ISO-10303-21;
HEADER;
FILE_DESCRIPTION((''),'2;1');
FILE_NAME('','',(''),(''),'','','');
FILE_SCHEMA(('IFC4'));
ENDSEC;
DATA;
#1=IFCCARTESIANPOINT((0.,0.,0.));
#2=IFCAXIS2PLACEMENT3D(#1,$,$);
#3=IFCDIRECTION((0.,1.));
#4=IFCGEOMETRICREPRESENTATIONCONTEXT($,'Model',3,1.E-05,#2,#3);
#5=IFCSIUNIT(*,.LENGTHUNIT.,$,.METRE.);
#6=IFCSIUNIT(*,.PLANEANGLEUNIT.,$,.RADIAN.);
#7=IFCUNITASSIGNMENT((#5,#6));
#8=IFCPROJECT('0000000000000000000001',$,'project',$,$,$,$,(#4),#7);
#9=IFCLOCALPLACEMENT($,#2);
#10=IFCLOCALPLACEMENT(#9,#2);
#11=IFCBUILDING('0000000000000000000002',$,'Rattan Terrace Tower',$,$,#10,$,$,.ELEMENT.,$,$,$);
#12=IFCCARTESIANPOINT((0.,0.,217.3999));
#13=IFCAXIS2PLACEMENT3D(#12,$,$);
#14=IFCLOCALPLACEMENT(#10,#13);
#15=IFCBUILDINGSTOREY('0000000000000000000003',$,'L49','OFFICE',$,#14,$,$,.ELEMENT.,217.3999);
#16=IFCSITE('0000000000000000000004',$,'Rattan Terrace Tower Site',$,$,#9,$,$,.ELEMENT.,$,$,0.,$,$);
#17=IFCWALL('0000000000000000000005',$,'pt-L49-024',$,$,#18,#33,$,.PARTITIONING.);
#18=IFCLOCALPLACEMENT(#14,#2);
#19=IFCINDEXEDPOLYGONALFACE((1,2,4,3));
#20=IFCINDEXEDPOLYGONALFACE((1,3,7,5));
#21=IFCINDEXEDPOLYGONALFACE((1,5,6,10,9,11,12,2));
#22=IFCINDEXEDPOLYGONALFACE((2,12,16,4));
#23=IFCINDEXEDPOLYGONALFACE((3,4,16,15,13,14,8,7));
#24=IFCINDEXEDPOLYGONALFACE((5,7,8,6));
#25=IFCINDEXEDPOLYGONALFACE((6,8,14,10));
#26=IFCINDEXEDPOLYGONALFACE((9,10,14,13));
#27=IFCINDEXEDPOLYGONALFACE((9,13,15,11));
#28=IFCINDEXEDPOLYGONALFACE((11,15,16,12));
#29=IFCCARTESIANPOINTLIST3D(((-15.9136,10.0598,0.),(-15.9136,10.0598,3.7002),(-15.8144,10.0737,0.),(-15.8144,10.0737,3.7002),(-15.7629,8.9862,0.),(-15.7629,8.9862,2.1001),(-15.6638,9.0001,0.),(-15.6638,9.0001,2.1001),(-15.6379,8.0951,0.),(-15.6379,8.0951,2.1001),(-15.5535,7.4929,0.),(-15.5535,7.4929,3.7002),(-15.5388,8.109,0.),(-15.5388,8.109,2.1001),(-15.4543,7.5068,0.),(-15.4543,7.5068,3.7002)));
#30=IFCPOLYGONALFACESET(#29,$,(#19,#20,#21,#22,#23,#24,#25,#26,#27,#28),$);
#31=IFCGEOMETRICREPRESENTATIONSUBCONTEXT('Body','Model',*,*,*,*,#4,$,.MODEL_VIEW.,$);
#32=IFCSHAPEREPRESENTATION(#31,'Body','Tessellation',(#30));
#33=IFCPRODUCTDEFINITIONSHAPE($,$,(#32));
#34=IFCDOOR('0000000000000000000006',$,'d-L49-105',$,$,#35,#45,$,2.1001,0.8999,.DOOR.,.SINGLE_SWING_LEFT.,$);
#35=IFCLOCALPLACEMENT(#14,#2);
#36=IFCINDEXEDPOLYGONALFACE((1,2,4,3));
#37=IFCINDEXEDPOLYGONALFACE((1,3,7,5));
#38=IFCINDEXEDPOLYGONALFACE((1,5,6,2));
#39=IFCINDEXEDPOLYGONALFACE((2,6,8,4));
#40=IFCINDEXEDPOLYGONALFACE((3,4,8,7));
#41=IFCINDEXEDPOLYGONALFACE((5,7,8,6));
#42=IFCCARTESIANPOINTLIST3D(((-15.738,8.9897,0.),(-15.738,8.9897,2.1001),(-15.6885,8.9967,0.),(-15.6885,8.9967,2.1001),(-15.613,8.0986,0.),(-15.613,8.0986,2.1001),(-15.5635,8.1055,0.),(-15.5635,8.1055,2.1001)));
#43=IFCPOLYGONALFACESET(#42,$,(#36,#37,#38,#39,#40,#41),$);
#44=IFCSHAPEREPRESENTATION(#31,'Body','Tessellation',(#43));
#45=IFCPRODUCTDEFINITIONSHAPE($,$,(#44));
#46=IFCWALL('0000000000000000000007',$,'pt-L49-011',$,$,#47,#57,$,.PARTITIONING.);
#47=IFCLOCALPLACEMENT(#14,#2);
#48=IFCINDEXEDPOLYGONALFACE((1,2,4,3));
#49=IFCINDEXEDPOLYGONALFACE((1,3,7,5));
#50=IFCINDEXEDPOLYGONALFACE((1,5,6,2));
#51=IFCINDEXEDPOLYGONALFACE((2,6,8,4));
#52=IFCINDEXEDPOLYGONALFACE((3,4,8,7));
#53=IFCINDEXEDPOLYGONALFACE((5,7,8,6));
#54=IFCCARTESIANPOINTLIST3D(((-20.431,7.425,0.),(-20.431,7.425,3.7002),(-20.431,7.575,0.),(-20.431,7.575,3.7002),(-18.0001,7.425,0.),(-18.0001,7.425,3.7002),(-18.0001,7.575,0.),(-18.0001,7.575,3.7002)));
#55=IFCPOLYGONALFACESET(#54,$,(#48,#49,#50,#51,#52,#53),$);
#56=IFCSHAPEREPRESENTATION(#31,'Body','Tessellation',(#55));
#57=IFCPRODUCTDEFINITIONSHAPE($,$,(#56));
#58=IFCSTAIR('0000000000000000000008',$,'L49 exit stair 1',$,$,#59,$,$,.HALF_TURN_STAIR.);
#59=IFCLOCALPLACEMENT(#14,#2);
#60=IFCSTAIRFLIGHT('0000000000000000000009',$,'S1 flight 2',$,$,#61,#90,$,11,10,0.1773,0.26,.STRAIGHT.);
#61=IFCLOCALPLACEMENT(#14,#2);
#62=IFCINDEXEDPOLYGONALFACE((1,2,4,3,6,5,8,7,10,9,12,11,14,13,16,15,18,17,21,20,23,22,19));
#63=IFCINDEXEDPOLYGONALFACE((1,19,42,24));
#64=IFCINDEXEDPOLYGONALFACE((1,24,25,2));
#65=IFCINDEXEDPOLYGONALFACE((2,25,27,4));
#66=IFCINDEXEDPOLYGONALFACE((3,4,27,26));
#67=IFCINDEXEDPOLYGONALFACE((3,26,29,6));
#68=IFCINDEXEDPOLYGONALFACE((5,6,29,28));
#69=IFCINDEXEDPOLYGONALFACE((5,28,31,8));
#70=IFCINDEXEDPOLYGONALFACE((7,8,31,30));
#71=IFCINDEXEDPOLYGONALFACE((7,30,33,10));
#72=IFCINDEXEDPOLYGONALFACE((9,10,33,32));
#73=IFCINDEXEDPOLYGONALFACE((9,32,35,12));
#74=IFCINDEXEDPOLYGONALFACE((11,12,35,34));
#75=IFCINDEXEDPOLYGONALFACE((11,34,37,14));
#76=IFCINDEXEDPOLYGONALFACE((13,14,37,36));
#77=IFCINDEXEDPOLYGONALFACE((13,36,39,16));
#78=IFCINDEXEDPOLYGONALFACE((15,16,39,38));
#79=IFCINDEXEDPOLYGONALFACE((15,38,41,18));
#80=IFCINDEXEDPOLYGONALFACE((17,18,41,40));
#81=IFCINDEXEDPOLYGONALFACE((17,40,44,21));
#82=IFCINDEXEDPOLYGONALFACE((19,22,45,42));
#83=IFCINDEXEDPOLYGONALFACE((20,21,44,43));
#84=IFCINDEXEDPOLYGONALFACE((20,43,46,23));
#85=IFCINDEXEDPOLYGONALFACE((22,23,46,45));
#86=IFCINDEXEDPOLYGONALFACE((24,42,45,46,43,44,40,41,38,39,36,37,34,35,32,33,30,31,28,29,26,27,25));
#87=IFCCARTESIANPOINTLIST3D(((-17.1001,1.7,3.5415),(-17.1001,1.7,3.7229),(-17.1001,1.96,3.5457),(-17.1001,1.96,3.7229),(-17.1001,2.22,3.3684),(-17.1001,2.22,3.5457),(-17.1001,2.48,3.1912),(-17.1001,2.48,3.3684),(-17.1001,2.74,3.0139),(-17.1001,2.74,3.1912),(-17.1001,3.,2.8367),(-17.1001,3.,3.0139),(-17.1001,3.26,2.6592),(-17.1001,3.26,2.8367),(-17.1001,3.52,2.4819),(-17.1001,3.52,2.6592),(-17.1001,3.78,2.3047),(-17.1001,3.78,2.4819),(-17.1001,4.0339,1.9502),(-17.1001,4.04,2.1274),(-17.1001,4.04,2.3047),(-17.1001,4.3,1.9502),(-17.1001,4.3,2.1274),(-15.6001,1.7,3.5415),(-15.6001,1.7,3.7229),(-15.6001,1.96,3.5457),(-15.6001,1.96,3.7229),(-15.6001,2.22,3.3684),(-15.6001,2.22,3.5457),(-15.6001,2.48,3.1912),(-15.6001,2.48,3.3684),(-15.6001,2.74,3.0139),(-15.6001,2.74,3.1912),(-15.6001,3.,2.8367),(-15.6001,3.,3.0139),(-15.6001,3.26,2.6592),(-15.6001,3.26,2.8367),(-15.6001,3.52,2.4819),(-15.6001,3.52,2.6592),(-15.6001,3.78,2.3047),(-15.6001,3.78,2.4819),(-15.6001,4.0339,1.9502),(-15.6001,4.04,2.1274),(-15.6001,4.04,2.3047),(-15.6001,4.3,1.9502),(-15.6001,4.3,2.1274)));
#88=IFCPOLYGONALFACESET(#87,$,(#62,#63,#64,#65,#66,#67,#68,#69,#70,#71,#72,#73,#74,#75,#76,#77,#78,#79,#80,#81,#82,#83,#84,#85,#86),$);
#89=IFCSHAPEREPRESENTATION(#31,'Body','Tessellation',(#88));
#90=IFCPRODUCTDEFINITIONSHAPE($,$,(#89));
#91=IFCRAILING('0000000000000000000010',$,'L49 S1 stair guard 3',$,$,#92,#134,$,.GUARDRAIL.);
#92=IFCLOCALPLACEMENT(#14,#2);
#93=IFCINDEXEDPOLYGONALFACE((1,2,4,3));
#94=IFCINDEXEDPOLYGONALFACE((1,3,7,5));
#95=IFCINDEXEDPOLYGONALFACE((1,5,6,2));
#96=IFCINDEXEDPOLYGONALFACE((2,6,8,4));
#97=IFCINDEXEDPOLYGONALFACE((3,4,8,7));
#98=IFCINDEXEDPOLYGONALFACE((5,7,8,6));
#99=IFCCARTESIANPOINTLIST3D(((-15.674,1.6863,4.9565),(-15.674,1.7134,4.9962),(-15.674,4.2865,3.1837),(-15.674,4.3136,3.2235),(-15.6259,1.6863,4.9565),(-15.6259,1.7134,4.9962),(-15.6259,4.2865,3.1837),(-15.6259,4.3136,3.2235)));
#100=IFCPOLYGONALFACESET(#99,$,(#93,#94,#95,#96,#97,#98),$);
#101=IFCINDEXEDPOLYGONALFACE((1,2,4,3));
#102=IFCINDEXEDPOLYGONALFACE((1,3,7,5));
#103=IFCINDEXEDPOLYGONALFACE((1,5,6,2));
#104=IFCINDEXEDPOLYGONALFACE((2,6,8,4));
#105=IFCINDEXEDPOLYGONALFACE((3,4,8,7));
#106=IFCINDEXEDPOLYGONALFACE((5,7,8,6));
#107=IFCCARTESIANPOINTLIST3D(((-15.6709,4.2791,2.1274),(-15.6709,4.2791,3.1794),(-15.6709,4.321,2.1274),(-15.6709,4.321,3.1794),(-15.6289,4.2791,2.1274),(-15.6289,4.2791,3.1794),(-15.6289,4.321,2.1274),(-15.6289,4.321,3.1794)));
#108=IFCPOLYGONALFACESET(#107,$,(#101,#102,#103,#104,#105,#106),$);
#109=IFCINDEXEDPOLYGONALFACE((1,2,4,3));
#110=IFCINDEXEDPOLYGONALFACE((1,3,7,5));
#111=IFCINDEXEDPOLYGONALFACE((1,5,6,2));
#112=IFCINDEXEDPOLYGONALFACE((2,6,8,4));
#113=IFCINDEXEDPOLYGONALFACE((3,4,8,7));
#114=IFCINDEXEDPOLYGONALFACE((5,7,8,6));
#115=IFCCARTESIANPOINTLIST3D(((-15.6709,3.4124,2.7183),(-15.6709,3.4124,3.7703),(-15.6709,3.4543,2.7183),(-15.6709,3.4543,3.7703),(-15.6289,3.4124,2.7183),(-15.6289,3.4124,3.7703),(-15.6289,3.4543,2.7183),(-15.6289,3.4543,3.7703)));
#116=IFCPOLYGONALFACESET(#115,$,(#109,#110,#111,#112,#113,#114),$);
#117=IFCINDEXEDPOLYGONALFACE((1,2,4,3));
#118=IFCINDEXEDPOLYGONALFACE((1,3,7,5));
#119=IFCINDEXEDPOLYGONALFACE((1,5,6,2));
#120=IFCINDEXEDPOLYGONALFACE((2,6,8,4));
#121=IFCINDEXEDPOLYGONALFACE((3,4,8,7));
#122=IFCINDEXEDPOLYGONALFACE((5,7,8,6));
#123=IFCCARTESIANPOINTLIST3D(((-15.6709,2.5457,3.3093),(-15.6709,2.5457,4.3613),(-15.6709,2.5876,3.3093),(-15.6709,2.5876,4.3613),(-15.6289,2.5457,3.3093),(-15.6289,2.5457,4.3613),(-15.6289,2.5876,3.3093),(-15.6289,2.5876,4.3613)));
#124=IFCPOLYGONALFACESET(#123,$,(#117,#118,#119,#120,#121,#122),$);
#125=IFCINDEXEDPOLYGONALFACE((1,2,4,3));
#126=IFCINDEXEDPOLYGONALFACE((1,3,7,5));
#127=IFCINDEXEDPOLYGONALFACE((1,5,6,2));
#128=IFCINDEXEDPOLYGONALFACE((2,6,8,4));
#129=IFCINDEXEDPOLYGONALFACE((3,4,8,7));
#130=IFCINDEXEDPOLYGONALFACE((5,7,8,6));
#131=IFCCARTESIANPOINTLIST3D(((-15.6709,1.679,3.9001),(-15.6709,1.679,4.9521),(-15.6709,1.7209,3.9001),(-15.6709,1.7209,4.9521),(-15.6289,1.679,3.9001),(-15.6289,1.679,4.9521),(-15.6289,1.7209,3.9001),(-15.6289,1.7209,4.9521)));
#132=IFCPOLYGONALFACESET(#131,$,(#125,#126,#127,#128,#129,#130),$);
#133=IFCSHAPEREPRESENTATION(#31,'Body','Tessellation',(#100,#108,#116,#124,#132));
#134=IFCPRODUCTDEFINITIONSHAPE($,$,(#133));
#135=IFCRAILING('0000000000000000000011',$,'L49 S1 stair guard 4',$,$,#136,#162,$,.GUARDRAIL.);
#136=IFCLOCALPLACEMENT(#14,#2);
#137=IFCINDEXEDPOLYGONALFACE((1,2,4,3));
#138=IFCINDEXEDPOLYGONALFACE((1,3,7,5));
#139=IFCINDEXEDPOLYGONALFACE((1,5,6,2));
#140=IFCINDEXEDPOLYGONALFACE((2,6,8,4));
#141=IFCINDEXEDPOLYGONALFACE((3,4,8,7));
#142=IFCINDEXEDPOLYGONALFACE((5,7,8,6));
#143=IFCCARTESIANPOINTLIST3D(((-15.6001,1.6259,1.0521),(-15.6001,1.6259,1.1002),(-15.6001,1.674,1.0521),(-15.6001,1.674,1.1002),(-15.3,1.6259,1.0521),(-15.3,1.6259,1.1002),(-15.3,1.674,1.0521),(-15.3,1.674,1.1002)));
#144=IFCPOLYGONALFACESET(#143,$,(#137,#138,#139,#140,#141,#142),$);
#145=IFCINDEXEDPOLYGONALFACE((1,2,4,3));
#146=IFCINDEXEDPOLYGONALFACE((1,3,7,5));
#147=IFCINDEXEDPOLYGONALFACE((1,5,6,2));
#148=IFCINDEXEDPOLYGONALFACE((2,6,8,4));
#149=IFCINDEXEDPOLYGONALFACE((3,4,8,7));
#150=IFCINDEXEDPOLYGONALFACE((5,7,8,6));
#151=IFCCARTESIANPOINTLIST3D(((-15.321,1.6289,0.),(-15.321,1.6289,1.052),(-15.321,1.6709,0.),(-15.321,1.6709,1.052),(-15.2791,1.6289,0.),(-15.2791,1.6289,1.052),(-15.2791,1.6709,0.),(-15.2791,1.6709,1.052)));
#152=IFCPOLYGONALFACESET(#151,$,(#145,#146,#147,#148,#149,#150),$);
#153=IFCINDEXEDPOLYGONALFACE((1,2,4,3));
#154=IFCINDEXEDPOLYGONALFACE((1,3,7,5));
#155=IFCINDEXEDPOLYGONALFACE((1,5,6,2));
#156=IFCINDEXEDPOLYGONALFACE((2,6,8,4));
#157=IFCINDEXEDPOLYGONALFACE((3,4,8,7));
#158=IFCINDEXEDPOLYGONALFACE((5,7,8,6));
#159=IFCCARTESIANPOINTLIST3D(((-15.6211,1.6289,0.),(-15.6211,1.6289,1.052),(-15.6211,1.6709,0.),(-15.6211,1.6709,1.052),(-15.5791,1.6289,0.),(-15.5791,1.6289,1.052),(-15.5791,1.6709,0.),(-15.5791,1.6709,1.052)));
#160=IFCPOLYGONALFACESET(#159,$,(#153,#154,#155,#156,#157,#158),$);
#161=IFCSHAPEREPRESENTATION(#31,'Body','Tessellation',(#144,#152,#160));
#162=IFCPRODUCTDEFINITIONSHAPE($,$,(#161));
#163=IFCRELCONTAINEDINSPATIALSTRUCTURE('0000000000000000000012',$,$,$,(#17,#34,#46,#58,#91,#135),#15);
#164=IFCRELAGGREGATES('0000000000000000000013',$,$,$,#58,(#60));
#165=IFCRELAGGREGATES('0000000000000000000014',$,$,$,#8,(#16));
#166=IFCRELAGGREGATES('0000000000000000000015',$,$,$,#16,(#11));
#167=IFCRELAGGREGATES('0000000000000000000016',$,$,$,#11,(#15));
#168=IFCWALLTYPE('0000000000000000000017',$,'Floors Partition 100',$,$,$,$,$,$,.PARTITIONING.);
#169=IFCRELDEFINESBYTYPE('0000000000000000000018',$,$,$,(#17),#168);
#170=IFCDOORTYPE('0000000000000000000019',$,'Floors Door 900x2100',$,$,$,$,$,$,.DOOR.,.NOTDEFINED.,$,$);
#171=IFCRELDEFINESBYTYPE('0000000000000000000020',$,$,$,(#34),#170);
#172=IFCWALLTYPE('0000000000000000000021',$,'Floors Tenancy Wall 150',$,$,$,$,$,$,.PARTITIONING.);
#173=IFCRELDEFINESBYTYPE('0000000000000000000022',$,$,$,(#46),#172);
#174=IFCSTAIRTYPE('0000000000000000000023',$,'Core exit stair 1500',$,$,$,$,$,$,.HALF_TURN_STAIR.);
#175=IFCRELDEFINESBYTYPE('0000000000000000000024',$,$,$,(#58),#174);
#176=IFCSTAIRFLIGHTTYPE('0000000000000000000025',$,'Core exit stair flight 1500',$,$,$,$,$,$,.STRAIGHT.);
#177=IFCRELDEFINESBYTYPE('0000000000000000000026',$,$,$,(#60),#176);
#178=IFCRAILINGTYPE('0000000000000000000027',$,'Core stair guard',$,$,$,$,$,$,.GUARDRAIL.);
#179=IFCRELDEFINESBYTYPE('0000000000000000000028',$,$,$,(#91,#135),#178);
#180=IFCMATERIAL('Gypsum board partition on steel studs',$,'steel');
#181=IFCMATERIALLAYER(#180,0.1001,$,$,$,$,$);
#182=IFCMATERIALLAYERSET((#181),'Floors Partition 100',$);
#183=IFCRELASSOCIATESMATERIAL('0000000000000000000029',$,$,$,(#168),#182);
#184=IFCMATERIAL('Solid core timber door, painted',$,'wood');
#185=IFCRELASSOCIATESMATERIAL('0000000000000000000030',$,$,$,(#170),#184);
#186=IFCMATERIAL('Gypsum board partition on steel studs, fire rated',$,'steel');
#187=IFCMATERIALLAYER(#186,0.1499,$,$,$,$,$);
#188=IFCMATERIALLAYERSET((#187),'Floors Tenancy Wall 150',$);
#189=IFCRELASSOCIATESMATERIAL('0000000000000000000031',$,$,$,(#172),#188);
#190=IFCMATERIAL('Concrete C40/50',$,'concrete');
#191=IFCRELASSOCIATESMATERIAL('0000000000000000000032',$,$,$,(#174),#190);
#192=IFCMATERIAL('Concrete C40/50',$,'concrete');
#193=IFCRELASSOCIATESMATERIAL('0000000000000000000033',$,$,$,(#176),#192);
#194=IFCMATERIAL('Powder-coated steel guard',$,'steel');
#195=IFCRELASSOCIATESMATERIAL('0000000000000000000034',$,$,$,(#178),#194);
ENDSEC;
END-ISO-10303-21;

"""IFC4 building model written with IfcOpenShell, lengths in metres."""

from ifc_helpers import new_model, si_unit, direction, frame, frame_2d, origin, origin_2d, place, context, subcontext, project, spatial, polyline, rectangle, outline, extrude, material, layer, layer_set, type_object, element, fill, aggregate, save


model = new_model("IFC4")

# Units and contexts
model_context = context("Model", 3, precision=1e-05, world=origin(), true_north=direction((0.0, 1.0)))
body_context = subcontext(model_context, "Body", "Model", "MODEL_VIEW")
ifc_project = project(units=[si_unit("LENGTHUNIT", "METRE"), si_unit("PLANEANGLEUNIT", "RADIAN")], contexts=[model_context])

# Site, building, storey
site_placement = place(None, origin())
site = spatial("IfcSite", under=ifc_project, at=site_placement, Name="Rattan Terrace Tower Site", CompositionType="ELEMENT", RefElevation=0.0)
building_placement = place(site_placement, origin())
building = spatial("IfcBuilding", under=site, at=building_placement, Name="Rattan Terrace Tower", CompositionType="ELEMENT")
storey_placement = place(building_placement, frame((0.0, 0.0, 217.3999)))
storey = spatial("IfcBuildingStorey", under=building, at=storey_placement, Name="L49", Description="OFFICE", CompositionType="ELEMENT", Elevation=217.3999)

# Wall, opening, door
ifc_material_1 = material(Name="Gypsum board partition on steel studs", Category="steel")
ifc_layer_1 = layer(ifc_material_1, 0.1001)
ifc_layer_set_1 = layer_set([ifc_layer_1], Name="Floors Partition 100")
wall_type_1 = type_object("IfcWallType", Name="Floors Partition 100", PredefinedType="PARTITIONING", material=ifc_layer_set_1)
wall_1_placement = place(storey_placement, frame((-15.5039, 7.5, 0.0), z_axis=(0.0, 0.0, 1.0), x_axis=(-0.138929, 0.990302, 0.0)))
wall_1 = element("IfcWall", 1, at=wall_1_placement, inside=storey, type_object=wall_type_1, Name="pt-L49-024", PredefinedType="PARTITIONING", context=body_context, shape_type="SweptSolid", body=[
    extrude(rectangle(XDim=2.592, YDim=0.1001, at=frame_2d((1.2959, 0.0))), origin(), (0.0, 0.0, 1.0), 3.7002),
])
opening_1_placement = place(wall_1_placement, frame((0.6079, 0.0, 0.0)))
opening_1 = element("IfcOpeningElement", 2, at=opening_1_placement, cuts=wall_1, PredefinedType="OPENING", context=body_context, shape_type="SweptSolid", body=[
    extrude(rectangle(XDim=0.8999, YDim=2.1001, at=frame_2d((0.45, 1.05))), frame((0.0, 0.0605, 0.0), z_axis=(0.0, -1.0, 0.0), x_axis=(1.0, 0.0, 0.0)), (0.0, 0.0, 1.0), 0.1211),
])
ifc_material_2 = material(Name="Solid core timber door, painted", Category="wood")
door_type_1 = type_object("IfcDoorType", Name="Floors Door 900x2100", OperationType="NOTDEFINED", PredefinedType="DOOR", material=ifc_material_2)
door_1_placement = place(opening_1_placement, origin())
door_1 = element("IfcDoor", 3, at=door_1_placement, inside=storey, type_object=door_type_1, Name="d-L49-105", OperationType="SINGLE_SWING_LEFT", OverallHeight=2.1001, OverallWidth=0.8999, PredefinedType="DOOR", context=body_context, shape_type="SweptSolid", body=[
    extrude(rectangle(XDim=0.8999, YDim=2.1001, at=frame_2d((0.45, 1.05))), frame((0.0, 0.0249, 0.0), z_axis=(0.0, -1.0, 0.0), x_axis=(1.0, 0.0, 0.0)), (0.0, 0.0, 1.0), 0.05),
])
fill(opening_1, door_1)

# Wall
ifc_material_3 = material(Name="Gypsum board partition on steel studs, fire rated", Category="steel")
ifc_layer_2 = layer(ifc_material_3, 0.1499)
ifc_layer_set_2 = layer_set([ifc_layer_2], Name="Floors Tenancy Wall 150")
wall_type_2 = type_object("IfcWallType", Name="Floors Tenancy Wall 150", PredefinedType="PARTITIONING", material=ifc_layer_set_2)
wall_2_placement = place(storey_placement, frame((-20.4309, 7.5, 0.0), z_axis=(0.0, 0.0, 1.0), x_axis=(1.0, 0.0, 0.0)))
element("IfcWall", 4, at=wall_2_placement, inside=storey, type_object=wall_type_2, Name="pt-L49-011", PredefinedType="PARTITIONING", context=body_context, shape_type="SweptSolid", body=[
    extrude(rectangle(XDim=2.4309, YDim=0.1499, at=frame_2d((1.2153, 0.0))), origin(), (0.0, 0.0, 1.0), 3.7002),
])

# Stair, stair flight
ifc_material_4 = material(Name="Concrete C40/50", Category="concrete")
stair_type = type_object("IfcStairType", Name="Core exit stair 1500", PredefinedType="HALF_TURN_STAIR", material=ifc_material_4)
stair_placement = place(storey_placement, origin())
stair = element("IfcStair", 5, at=stair_placement, inside=storey, type_object=stair_type, Name="L49 exit stair 1", PredefinedType="HALF_TURN_STAIR")
ifc_material_5 = material(Name="Concrete C40/50", Category="concrete")
stair_flight_type = type_object("IfcStairFlightType", Name="Core exit stair flight 1500", PredefinedType="STRAIGHT", material=ifc_material_5)
stair_flight_placement = place(storey_placement, frame((-16.3501, 4.3, 1.9502), z_axis=(0.0, 0.0, 1.0), x_axis=(0.0, -1.0, 0.0)))
stair_flight = element("IfcStairFlight", 6, at=stair_flight_placement, type_object=stair_flight_type, Name="S1 flight 2", NumberOfRisers=11, NumberOfTreads=10, PredefinedType="STRAIGHT", RiserHeight=0.1773, TreadLength=0.26, context=body_context, shape_type="SweptSolid", body=[
    extrude(outline(polyline([(0.0, 0.0), (0.0, 0.1772), (0.26, 0.1772), (0.26, 0.3545), (0.52, 0.3545), (0.52, 0.5317), (0.78, 0.5317), (0.78, 0.709), (1.04, 0.709), (1.04, 0.8865), (1.3, 0.8865), (1.3, 1.0637), (1.5601, 1.0637), (1.5601, 1.241), (1.8201, 1.241), (1.8201, 1.4182), (2.0801, 1.4182), (2.0801, 1.5955), (2.3401, 1.5955), (2.3401, 1.7727), (2.6001, 1.7727), (2.6001, 1.95), (2.6001, 1.5913), (0.2661, 0.0), (0.0, 0.0)])), frame((0.0, 0.75, 0.0), z_axis=(0.0, -1.0, 0.0), x_axis=(1.0, 0.0, 0.0)), (0.0, 0.0, 1.0), 1.5),
])
aggregate(stair, [stair_flight])

# Railings
ifc_material_6 = material(Name="Powder-coated steel guard", Category="steel")
railing_type_1 = type_object("IfcRailingType", Name="Core stair guard", PredefinedType="GUARDRAIL", material=ifc_material_6)
railing_1_placement = place(storey_placement, frame((-15.6499, 4.3, 2.1274)))
element("IfcRailing", 7, at=railing_1_placement, inside=storey, type_object=railing_type_1, Name="L49 S1 stair guard 3", PredefinedType="GUARDRAIL", context=body_context, shape_type="SweptSolid", body=[
    extrude(rectangle(XDim=0.0481, YDim=0.0481, at=origin_2d()), frame((0.0, 0.0, 1.0762), z_axis=(0.0, -0.82624, 0.563318), x_axis=(1.0, 0.0, 0.0)), (0.0, 0.0, 1.0), 3.147),
    extrude(rectangle(XDim=0.042, YDim=0.042, at=origin_2d()), origin(), (0.0, 0.0, 1.0), 1.052),
    extrude(rectangle(XDim=0.042, YDim=0.042, at=origin_2d()), frame((0.0, -0.8667, 0.5908)), (0.0, 0.0, 1.0), 1.052),
    extrude(rectangle(XDim=0.042, YDim=0.042, at=origin_2d()), frame((0.0, -1.7334, 1.1819)), (0.0, 0.0, 1.0), 1.052),
    extrude(rectangle(XDim=0.042, YDim=0.042, at=origin_2d()), frame((0.0, -2.6001, 1.7727)), (0.0, 0.0, 1.0), 1.052),
])
railing_2_placement = place(storey_placement, frame((-15.3, 1.6499, 0.0)))
element("IfcRailing", 8, at=railing_2_placement, inside=storey, type_object=railing_type_1, Name="L49 S1 stair guard 4", PredefinedType="GUARDRAIL", context=body_context, shape_type="SweptSolid", body=[
    extrude(rectangle(XDim=0.0481, YDim=0.0481, at=origin_2d()), frame((0.0, 0.0, 1.0762), z_axis=(-1.0, 0.0, 0.0), x_axis=(0.0, -1.0, 0.0)), (0.0, 0.0, 1.0), 0.3),
    extrude(rectangle(XDim=0.042, YDim=0.042, at=origin_2d()), origin(), (0.0, 0.0, 1.0), 1.052),
    extrude(rectangle(XDim=0.042, YDim=0.042, at=origin_2d()), frame((-0.3, 0.0, 0.0)), (0.0, 0.0, 1.0), 1.052),
])

save(model, "model.ifc")
